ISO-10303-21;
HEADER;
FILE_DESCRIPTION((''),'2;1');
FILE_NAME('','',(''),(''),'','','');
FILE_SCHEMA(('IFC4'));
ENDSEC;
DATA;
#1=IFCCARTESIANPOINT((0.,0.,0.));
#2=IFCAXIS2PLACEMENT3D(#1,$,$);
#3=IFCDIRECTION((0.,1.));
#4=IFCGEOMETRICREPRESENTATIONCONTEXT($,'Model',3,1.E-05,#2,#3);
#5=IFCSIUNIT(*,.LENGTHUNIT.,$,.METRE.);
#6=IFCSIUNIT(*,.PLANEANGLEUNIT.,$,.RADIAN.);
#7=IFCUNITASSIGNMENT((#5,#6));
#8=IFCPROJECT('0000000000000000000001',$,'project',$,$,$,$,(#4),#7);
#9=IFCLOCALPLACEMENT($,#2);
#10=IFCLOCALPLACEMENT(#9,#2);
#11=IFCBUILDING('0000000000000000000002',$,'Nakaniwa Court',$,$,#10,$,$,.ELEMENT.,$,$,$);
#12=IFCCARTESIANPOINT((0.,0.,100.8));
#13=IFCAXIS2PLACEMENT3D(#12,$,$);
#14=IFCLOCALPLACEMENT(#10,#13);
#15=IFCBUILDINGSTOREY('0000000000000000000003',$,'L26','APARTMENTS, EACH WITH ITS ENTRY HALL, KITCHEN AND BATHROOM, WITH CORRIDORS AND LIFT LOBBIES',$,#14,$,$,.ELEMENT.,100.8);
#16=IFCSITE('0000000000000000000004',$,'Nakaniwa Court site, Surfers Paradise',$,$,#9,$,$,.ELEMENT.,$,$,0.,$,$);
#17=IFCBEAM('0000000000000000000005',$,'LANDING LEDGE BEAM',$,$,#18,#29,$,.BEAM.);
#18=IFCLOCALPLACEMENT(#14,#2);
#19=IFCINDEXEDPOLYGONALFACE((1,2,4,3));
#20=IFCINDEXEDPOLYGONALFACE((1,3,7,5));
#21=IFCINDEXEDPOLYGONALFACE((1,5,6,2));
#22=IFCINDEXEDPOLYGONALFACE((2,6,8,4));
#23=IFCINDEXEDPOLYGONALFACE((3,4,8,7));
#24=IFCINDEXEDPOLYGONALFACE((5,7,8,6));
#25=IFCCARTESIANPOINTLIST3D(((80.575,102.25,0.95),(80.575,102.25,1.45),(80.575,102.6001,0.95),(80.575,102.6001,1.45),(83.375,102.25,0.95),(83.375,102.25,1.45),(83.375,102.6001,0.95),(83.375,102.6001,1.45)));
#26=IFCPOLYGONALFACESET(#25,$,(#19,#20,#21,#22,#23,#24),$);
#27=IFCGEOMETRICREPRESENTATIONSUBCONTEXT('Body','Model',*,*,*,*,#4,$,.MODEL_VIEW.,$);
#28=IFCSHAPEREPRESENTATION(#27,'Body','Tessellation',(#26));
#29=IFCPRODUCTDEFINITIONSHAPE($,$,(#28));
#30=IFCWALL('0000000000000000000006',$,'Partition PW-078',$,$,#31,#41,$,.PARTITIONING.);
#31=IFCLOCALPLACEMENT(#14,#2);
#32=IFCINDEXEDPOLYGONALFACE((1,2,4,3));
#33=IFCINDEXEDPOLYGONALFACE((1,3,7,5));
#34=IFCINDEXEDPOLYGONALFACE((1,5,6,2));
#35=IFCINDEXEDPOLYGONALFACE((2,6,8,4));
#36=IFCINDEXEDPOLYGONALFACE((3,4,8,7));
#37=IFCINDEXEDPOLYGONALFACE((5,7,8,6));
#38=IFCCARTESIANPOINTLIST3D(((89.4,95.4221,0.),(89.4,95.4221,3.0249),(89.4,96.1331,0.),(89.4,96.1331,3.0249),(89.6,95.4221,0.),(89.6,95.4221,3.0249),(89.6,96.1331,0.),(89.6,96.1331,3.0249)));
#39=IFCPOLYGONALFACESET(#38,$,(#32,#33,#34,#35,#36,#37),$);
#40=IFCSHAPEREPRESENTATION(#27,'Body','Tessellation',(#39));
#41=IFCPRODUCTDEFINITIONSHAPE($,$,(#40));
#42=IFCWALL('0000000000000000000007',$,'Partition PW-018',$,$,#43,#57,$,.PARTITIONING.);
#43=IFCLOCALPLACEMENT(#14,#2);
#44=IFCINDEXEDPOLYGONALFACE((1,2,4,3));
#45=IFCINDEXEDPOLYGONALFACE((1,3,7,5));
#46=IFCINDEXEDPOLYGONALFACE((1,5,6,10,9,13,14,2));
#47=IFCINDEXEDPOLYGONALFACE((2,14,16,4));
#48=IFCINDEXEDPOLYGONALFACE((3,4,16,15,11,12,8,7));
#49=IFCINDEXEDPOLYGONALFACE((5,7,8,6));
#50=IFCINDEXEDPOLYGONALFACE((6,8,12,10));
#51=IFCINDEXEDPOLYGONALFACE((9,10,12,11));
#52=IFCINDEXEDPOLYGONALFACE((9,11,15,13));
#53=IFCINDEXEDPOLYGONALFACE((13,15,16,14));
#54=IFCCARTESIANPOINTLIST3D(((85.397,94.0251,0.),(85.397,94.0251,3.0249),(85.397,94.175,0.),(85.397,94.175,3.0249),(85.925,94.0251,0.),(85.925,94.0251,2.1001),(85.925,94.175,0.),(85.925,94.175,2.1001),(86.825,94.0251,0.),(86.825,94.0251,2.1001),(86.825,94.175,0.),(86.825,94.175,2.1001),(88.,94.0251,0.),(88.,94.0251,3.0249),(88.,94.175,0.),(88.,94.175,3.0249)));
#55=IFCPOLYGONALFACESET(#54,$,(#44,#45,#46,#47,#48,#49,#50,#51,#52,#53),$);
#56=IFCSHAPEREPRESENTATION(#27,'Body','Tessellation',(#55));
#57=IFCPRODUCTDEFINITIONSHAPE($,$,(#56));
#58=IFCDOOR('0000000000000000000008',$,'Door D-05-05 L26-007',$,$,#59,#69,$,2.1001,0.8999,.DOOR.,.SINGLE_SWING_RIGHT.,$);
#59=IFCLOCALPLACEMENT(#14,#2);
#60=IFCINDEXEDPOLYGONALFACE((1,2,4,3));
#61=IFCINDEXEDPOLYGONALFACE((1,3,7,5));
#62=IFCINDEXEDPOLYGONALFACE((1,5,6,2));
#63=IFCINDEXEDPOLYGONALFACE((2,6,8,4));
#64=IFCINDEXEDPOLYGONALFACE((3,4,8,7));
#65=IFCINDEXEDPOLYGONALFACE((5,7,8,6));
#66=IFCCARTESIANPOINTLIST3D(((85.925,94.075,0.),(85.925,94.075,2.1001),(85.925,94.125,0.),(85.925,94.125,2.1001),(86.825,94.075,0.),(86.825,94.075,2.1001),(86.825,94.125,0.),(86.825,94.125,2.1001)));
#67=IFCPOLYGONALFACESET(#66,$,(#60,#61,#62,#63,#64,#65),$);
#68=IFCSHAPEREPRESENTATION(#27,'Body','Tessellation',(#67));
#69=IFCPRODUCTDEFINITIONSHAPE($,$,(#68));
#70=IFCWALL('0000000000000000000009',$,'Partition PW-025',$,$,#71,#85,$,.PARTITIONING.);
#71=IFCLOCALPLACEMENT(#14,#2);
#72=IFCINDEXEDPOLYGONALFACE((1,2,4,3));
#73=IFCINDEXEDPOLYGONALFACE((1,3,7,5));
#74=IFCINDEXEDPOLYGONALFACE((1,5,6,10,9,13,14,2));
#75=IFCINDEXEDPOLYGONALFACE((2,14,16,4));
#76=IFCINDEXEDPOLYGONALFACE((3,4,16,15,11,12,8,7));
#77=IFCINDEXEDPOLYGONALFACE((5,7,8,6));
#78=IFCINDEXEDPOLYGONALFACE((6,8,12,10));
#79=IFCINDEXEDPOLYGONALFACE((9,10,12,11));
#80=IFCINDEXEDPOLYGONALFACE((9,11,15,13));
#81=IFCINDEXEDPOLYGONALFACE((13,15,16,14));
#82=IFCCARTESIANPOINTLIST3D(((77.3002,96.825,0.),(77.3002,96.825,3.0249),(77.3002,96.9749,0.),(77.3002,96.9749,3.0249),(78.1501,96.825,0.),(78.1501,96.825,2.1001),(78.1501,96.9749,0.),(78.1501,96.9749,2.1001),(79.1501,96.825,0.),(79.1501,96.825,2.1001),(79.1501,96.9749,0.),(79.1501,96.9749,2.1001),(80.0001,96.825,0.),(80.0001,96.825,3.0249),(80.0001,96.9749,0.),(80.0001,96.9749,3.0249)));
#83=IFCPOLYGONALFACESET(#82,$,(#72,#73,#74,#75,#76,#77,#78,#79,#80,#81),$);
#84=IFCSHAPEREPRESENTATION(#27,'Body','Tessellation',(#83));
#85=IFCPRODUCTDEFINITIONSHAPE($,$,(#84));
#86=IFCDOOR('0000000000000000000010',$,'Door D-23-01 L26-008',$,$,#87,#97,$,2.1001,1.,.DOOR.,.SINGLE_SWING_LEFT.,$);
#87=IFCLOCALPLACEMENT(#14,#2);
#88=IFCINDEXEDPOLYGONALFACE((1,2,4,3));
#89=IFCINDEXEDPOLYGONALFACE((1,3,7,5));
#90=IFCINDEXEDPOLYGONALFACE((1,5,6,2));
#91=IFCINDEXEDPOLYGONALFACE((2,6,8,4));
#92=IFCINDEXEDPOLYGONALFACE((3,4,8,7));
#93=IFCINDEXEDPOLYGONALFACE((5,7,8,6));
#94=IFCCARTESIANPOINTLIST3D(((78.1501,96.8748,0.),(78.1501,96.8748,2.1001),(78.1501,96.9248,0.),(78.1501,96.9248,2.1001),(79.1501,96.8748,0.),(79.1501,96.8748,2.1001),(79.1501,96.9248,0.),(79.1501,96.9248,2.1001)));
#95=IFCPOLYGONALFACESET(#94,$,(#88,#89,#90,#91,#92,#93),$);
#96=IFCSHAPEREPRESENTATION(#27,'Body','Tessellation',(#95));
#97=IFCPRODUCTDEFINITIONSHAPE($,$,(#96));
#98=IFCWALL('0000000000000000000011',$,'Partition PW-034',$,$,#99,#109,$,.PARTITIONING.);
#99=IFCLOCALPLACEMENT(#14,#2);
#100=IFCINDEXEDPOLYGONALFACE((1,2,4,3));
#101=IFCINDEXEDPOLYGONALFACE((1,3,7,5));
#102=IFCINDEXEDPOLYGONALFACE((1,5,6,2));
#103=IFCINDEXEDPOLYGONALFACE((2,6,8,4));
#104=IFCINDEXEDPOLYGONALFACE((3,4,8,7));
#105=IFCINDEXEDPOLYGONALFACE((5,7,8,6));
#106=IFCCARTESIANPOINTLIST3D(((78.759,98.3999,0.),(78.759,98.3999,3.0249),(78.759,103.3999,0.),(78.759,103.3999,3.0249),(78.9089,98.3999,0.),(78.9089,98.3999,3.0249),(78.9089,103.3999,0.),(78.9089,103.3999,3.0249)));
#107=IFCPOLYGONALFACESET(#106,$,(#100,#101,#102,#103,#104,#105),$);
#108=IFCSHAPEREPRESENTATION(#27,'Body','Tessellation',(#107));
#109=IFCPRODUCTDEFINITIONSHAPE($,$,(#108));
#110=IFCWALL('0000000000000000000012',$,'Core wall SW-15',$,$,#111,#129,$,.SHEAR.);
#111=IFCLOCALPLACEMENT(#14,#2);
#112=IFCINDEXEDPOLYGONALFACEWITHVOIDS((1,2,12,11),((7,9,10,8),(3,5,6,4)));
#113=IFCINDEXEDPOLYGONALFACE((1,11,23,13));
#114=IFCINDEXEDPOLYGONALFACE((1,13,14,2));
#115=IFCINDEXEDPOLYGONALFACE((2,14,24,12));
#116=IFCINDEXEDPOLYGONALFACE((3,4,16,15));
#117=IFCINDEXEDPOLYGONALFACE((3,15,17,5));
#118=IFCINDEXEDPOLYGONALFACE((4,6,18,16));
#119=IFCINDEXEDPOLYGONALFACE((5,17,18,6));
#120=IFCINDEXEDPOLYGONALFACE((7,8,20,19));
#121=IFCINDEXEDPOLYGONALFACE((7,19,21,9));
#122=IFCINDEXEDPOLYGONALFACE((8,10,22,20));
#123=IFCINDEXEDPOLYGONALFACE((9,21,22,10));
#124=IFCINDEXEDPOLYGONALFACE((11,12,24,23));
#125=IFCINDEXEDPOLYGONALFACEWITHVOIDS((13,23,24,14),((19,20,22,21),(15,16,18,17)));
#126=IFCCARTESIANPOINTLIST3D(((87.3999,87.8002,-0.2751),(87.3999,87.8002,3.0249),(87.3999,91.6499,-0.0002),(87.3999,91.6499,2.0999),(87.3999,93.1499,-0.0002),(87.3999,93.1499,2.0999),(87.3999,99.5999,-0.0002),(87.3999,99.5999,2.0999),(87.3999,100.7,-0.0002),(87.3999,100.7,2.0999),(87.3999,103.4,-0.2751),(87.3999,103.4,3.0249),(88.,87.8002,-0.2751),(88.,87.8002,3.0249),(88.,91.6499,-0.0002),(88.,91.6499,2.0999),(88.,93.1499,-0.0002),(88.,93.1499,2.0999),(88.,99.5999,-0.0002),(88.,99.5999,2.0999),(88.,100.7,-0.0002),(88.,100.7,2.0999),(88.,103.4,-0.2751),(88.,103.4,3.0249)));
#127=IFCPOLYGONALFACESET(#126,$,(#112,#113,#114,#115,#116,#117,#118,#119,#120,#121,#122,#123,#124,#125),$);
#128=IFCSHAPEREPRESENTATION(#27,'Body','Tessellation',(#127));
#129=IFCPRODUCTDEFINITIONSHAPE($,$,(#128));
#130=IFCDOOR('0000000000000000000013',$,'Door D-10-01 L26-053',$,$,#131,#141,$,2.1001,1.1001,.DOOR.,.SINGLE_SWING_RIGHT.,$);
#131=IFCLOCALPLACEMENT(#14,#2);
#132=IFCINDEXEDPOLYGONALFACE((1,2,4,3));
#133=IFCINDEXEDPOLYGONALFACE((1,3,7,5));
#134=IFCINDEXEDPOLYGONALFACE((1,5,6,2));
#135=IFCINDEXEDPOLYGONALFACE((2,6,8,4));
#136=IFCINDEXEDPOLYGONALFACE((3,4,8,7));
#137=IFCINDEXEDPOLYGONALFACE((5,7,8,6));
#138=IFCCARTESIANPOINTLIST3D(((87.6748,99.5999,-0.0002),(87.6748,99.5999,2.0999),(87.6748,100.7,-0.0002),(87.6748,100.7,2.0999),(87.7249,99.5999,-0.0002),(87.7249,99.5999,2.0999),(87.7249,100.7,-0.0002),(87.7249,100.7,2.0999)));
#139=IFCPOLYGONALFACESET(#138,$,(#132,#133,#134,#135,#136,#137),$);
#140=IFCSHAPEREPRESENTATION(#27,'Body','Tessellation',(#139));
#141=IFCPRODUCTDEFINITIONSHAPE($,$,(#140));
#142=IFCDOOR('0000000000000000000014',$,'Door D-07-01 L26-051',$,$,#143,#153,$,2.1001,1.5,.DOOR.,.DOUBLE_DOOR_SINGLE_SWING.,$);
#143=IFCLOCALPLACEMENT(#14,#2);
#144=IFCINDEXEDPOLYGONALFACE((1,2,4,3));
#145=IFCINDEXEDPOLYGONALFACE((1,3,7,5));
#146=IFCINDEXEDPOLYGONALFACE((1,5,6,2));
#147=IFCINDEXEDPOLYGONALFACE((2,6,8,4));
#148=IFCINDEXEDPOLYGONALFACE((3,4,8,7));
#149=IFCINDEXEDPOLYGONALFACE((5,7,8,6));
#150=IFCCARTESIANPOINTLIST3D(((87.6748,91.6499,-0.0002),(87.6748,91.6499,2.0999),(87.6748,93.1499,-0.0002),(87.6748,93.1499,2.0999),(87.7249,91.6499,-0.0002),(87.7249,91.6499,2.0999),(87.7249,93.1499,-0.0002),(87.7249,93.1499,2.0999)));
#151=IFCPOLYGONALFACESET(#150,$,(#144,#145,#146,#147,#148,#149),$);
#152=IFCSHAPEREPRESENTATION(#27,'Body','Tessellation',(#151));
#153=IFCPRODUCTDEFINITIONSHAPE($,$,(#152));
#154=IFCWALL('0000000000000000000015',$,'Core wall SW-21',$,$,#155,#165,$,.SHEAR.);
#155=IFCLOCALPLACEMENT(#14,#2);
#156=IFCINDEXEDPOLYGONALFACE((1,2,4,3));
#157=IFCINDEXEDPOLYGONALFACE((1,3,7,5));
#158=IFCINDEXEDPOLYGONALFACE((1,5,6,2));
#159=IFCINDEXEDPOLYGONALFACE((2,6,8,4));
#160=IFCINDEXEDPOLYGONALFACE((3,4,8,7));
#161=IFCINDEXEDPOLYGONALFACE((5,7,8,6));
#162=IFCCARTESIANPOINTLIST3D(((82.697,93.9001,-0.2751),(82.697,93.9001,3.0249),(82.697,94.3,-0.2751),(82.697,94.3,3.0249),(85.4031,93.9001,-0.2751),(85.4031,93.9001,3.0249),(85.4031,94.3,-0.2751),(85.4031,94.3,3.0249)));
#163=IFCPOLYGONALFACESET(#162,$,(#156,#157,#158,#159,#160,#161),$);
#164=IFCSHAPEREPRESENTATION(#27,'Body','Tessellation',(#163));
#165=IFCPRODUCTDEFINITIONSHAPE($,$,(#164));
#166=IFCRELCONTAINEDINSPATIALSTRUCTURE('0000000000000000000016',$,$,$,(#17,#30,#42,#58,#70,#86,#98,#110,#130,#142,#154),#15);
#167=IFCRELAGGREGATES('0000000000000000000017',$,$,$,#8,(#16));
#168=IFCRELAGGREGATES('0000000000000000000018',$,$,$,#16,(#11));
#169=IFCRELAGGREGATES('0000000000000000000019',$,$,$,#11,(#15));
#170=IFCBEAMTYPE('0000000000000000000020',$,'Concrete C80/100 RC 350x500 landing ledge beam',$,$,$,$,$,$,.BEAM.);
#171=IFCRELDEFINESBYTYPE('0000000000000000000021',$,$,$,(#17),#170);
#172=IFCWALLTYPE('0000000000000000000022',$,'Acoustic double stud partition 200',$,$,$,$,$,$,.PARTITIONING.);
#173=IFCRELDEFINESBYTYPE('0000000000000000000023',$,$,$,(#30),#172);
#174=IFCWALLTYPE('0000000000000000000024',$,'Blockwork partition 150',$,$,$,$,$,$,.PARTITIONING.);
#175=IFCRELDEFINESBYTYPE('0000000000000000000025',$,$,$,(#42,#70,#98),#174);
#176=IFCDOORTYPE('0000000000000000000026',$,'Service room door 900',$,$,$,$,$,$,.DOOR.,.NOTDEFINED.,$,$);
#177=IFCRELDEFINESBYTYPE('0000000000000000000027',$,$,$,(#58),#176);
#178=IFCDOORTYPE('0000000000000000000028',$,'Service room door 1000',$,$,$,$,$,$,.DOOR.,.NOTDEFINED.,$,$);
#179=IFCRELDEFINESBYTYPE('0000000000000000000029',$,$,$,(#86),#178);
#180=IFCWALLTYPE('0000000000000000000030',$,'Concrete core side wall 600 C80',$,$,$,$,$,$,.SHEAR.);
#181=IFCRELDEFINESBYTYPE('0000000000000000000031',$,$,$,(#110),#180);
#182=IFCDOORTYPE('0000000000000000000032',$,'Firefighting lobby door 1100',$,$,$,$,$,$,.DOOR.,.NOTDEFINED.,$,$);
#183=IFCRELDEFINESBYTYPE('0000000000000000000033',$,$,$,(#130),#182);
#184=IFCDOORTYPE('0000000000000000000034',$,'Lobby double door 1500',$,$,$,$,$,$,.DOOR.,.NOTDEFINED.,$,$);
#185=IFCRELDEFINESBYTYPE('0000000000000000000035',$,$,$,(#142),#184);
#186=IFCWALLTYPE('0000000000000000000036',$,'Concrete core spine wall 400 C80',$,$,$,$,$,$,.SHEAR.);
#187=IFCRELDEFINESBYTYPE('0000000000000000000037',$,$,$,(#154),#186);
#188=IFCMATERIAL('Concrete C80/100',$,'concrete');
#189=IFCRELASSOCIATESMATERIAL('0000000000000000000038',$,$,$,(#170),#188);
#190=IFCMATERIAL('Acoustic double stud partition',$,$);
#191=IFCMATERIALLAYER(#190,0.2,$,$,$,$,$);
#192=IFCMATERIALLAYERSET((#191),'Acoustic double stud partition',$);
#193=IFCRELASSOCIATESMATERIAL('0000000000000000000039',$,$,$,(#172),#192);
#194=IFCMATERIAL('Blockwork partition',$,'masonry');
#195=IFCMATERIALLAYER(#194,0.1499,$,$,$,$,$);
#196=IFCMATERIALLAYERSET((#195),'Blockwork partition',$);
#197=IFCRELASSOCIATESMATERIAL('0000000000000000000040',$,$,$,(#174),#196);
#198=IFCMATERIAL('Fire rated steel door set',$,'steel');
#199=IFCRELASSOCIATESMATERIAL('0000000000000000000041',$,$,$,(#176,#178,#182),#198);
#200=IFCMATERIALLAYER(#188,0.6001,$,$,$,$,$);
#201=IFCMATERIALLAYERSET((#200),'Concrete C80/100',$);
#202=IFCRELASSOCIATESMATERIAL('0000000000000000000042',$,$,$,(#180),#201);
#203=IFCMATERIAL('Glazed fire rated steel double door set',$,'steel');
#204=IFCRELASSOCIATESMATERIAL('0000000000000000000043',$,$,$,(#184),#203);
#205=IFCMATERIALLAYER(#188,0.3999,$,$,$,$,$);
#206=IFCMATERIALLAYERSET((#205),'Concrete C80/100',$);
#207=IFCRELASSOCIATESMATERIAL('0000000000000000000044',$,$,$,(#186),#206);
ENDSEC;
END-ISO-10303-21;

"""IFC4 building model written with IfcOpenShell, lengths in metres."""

from ifc_helpers import new_model, si_unit, direction, frame, frame_2d, origin, origin_2d, place, context, subcontext, project, spatial, rectangle, extrude, material, layer, layer_set, material_profile, profile_set, type_object, element, fill, save


model = new_model("IFC4")

# Units and contexts
model_context = context("Model", 3, precision=1e-05, world=origin(), true_north=direction((0.0, 1.0)))
body_context = subcontext(model_context, "Body", "Model", "MODEL_VIEW")
ifc_project = project(units=[si_unit("LENGTHUNIT", "METRE"), si_unit("PLANEANGLEUNIT", "RADIAN")], contexts=[model_context])

# Site, building, storey
site_placement = place(None, origin())
site = spatial("IfcSite", under=ifc_project, at=site_placement, Name="Nakaniwa Court site, Surfers Paradise", CompositionType="ELEMENT", RefElevation=0.0)
building_placement = place(site_placement, origin())
building = spatial("IfcBuilding", under=site, at=building_placement, Name="Nakaniwa Court", CompositionType="ELEMENT")
storey_placement = place(building_placement, frame((0.0, 0.0, 100.8)))
storey = spatial("IfcBuildingStorey", under=building, at=storey_placement, Name="L26", Description="APARTMENTS, EACH WITH ITS ENTRY HALL, KITCHEN AND BATHROOM, WITH CORRIDORS AND LIFT LOBBIES", CompositionType="ELEMENT", Elevation=100.8)

# Beam
ifc_material_1 = material(Name="Concrete C80/100", Category="concrete")
ifc_material_profile = material_profile(ifc_material_1, rectangle(XDim=0.3501, YDim=0.5, at=origin_2d()), Name="Concrete C80/100 RC 350x500 landing ledge beam")
ifc_profile_set = profile_set([ifc_material_profile], Name="Concrete C80/100")
beam_type = type_object("IfcBeamType", Name="Concrete C80/100 RC 350x500 landing ledge beam", PredefinedType="BEAM", material=ifc_profile_set)
beam_placement = place(storey_placement, frame((80.575, 102.425, 1.2), z_axis=(1.0, 0.0, 0.0), x_axis=(0.0, 1.0, 0.0)))
element("IfcBeam", 1, at=beam_placement, inside=storey, type_object=beam_type, Name="LANDING LEDGE BEAM", PredefinedType="BEAM", context=body_context, shape_type="SweptSolid", body=[
    extrude(rectangle(XDim=0.3501, YDim=0.5, at=origin_2d()), origin(), (0.0, 0.0, 1.0), 2.8),
])

# Wall
ifc_material_2 = material(Name="Acoustic double stud partition")
ifc_layer_1 = layer(ifc_material_2, 0.2)
ifc_layer_set_1 = layer_set([ifc_layer_1], Name="Acoustic double stud partition")
wall_type_1 = type_object("IfcWallType", Name="Acoustic double stud partition 200", PredefinedType="PARTITIONING", material=ifc_layer_set_1)
wall_1_placement = place(storey_placement, frame((89.5, 95.4221, 0.0), z_axis=(0.0, 0.0, 1.0), x_axis=(0.0, 1.0, 0.0)))
element("IfcWall", 2, at=wall_1_placement, inside=storey, type_object=wall_type_1, Name="Partition PW-078", PredefinedType="PARTITIONING", context=body_context, shape_type="SweptSolid", body=[
    extrude(rectangle(XDim=0.7109, YDim=0.2, at=frame_2d((0.3555, 0.0))), origin(), (0.0, 0.0, 1.0), 3.0249),
])

# Walls, openings, doors
ifc_material_3 = material(Name="Blockwork partition", Category="masonry")
ifc_layer_2 = layer(ifc_material_3, 0.1499)
ifc_layer_set_2 = layer_set([ifc_layer_2], Name="Blockwork partition")
wall_type_2 = type_object("IfcWallType", Name="Blockwork partition 150", PredefinedType="PARTITIONING", material=ifc_layer_set_2)
wall_2_placement = place(storey_placement, frame((85.397, 94.1001, 0.0), z_axis=(0.0, 0.0, 1.0), x_axis=(1.0, 0.0, 0.0)))
wall_2 = element("IfcWall", 3, at=wall_2_placement, inside=storey, type_object=wall_type_2, Name="Partition PW-018", PredefinedType="PARTITIONING", context=body_context, shape_type="SweptSolid", body=[
    extrude(rectangle(XDim=2.603, YDim=0.1499, at=frame_2d((1.3015, 0.0))), origin(), (0.0, 0.0, 1.0), 3.0249),
])
opening_1_placement = place(wall_2_placement, frame((0.5281, 0.0, 0.0)))
opening_1 = element("IfcOpeningElement", 4, at=opening_1_placement, cuts=wall_2, PredefinedType="OPENING", context=body_context, shape_type="SweptSolid", body=[
    extrude(rectangle(XDim=0.8999, YDim=2.1001, at=frame_2d((0.45, 1.05))), frame((0.0, 0.085, 0.0), z_axis=(0.0, -1.0, 0.0), x_axis=(1.0, 0.0, 0.0)), (0.0, 0.0, 1.0), 0.1699),
])
ifc_material_4 = material(Name="Fire rated steel door set", Category="steel")
door_type_1 = type_object("IfcDoorType", Name="Service room door 900", OperationType="NOTDEFINED", PredefinedType="DOOR", material=ifc_material_4)
door_1_placement = place(opening_1_placement, origin())
door_1 = element("IfcDoor", 5, at=door_1_placement, inside=storey, type_object=door_type_1, Name="Door D-05-05 L26-007", OperationType="SINGLE_SWING_RIGHT", OverallHeight=2.1001, OverallWidth=0.8999, PredefinedType="DOOR", context=body_context, shape_type="SweptSolid", body=[
    extrude(rectangle(XDim=0.8999, YDim=2.1001, at=frame_2d((0.45, 1.05))), frame((0.0, 0.0249, 0.0), z_axis=(0.0, -1.0, 0.0), x_axis=(1.0, 0.0, 0.0)), (0.0, 0.0, 1.0), 0.05),
])
fill(opening_1, door_1)
wall_3_placement = place(storey_placement, frame((77.3, 96.8999, 0.0), z_axis=(0.0, 0.0, 1.0), x_axis=(1.0, 0.0, 0.0)))
wall_3 = element("IfcWall", 6, at=wall_3_placement, inside=storey, type_object=wall_type_2, Name="Partition PW-025", PredefinedType="PARTITIONING", context=body_context, shape_type="SweptSolid", body=[
    extrude(rectangle(XDim=2.7, YDim=0.1499, at=frame_2d((1.3501, 0.0))), origin(), (0.0, 0.0, 1.0), 3.0249),
])
opening_2_placement = place(wall_3_placement, frame((0.8501, 0.0, 0.0)))
opening_2 = element("IfcOpeningElement", 7, at=opening_2_placement, cuts=wall_3, PredefinedType="OPENING", context=body_context, shape_type="SweptSolid", body=[
    extrude(rectangle(XDim=1.0, YDim=2.1001, at=frame_2d((0.5, 1.05))), frame((0.0, 0.085, 0.0), z_axis=(0.0, -1.0, 0.0), x_axis=(1.0, 0.0, 0.0)), (0.0, 0.0, 1.0), 0.1699),
])
door_type_2 = type_object("IfcDoorType", Name="Service room door 1000", OperationType="NOTDEFINED", PredefinedType="DOOR", material=ifc_material_4)
door_2_placement = place(opening_2_placement, origin())
door_2 = element("IfcDoor", 8, at=door_2_placement, inside=storey, type_object=door_type_2, Name="Door D-23-01 L26-008", OperationType="SINGLE_SWING_LEFT", OverallHeight=2.1001, OverallWidth=1.0, PredefinedType="DOOR", context=body_context, shape_type="SweptSolid", body=[
    extrude(rectangle(XDim=1.0, YDim=2.1001, at=frame_2d((0.5, 1.05))), frame((0.0, 0.0249, 0.0), z_axis=(0.0, -1.0, 0.0), x_axis=(1.0, 0.0, 0.0)), (0.0, 0.0, 1.0), 0.05),
])
fill(opening_2, door_2)

# Wall
wall_4_placement = place(storey_placement, frame((78.834, 98.3999, 0.0), z_axis=(0.0, 0.0, 1.0), x_axis=(0.0, 1.0, 0.0)))
element("IfcWall", 9, at=wall_4_placement, inside=storey, type_object=wall_type_2, Name="Partition PW-034", PredefinedType="PARTITIONING", context=body_context, shape_type="SweptSolid", body=[
    extrude(rectangle(XDim=5.0, YDim=0.1499, at=frame_2d((2.5, 0.0))), origin(), (0.0, 0.0, 1.0), 3.0249),
])

# Wall, openings, doors
ifc_layer_3 = layer(ifc_material_1, 0.6001)
ifc_layer_set_3 = layer_set([ifc_layer_3], Name="Concrete C80/100")
wall_type_3 = type_object("IfcWallType", Name="Concrete core side wall 600 C80", PredefinedType="SHEAR", material=ifc_layer_set_3)
wall_5_placement = place(storey_placement, frame((87.7, 103.3999, -0.2751), z_axis=(0.0, 0.0, 1.0), x_axis=(0.0, -1.0, 0.0)))
wall_5 = element("IfcWall", 10, at=wall_5_placement, inside=storey, type_object=wall_type_3, Name="Core wall SW-15", PredefinedType="SHEAR", context=body_context, shape_type="SweptSolid", body=[
    extrude(rectangle(XDim=15.5999, YDim=0.6001, at=frame_2d((7.7998, 0.0))), origin(), (0.0, 0.0, 1.0), 3.3),
])
opening_3_placement = place(wall_5_placement, frame((10.25, 0.0, 0.2749)))
opening_3 = element("IfcOpeningElement", 11, at=opening_3_placement, cuts=wall_5, PredefinedType="OPENING", context=body_context, shape_type="SweptSolid", body=[
    extrude(rectangle(XDim=1.5, YDim=2.1001, at=frame_2d((0.75, 1.05))), frame((0.0, 0.3101, 0.0), z_axis=(0.0, -1.0, 0.0), x_axis=(1.0, 0.0, 0.0)), (0.0, 0.0, 1.0), 0.6201),
])
opening_4_placement = place(wall_5_placement, frame((2.7, 0.0, 0.2749)))
opening_4 = element("IfcOpeningElement", 12, at=opening_4_placement, cuts=wall_5, PredefinedType="OPENING", context=body_context, shape_type="SweptSolid", body=[
    extrude(rectangle(XDim=1.1001, YDim=2.1001, at=frame_2d((0.55, 1.05))), frame((0.0, 0.3101, 0.0), z_axis=(0.0, -1.0, 0.0), x_axis=(1.0, 0.0, 0.0)), (0.0, 0.0, 1.0), 0.6201),
])
door_type_3 = type_object("IfcDoorType", Name="Firefighting lobby door 1100", OperationType="NOTDEFINED", PredefinedType="DOOR", material=ifc_material_4)
door_3_placement = place(opening_4_placement, origin())
door_3 = element("IfcDoor", 13, at=door_3_placement, inside=storey, type_object=door_type_3, Name="Door D-10-01 L26-053", OperationType="SINGLE_SWING_RIGHT", OverallHeight=2.1001, OverallWidth=1.1001, PredefinedType="DOOR", context=body_context, shape_type="SweptSolid", body=[
    extrude(rectangle(XDim=1.1001, YDim=2.1001, at=frame_2d((0.55, 1.05))), frame((0.0, 0.0249, 0.0), z_axis=(0.0, -1.0, 0.0), x_axis=(1.0, 0.0, 0.0)), (0.0, 0.0, 1.0), 0.05),
])
fill(opening_4, door_3)
ifc_material_5 = material(Name="Glazed fire rated steel double door set", Category="steel")
door_type_4 = type_object("IfcDoorType", Name="Lobby double door 1500", OperationType="NOTDEFINED", PredefinedType="DOOR", material=ifc_material_5)
door_4_placement = place(opening_3_placement, origin())
door_4 = element("IfcDoor", 14, at=door_4_placement, inside=storey, type_object=door_type_4, Name="Door D-07-01 L26-051", OperationType="DOUBLE_DOOR_SINGLE_SWING", OverallHeight=2.1001, OverallWidth=1.5, PredefinedType="DOOR", context=body_context, shape_type="SweptSolid", body=[
    extrude(rectangle(XDim=1.5, YDim=2.1001, at=frame_2d((0.75, 1.05))), frame((0.0, 0.0249, 0.0), z_axis=(0.0, -1.0, 0.0), x_axis=(1.0, 0.0, 0.0)), (0.0, 0.0, 1.0), 0.05),
])
fill(opening_3, door_4)

# Wall
ifc_layer_4 = layer(ifc_material_1, 0.3999)
ifc_layer_set_4 = layer_set([ifc_layer_4], Name="Concrete C80/100")
wall_type_4 = type_object("IfcWallType", Name="Concrete core spine wall 400 C80", PredefinedType="SHEAR", material=ifc_layer_set_4)
wall_6_placement = place(storey_placement, frame((82.697, 94.1001, -0.2751), z_axis=(0.0, 0.0, 1.0), x_axis=(1.0, 0.0, 0.0)))
element("IfcWall", 15, at=wall_6_placement, inside=storey, type_object=wall_type_4, Name="Core wall SW-21", PredefinedType="SHEAR", context=body_context, shape_type="SweptSolid", body=[
    extrude(rectangle(XDim=2.7061, YDim=0.3999, at=frame_2d((1.353, 0.0))), origin(), (0.0, 0.0, 1.0), 3.3),
])

save(model, "model.ifc")
